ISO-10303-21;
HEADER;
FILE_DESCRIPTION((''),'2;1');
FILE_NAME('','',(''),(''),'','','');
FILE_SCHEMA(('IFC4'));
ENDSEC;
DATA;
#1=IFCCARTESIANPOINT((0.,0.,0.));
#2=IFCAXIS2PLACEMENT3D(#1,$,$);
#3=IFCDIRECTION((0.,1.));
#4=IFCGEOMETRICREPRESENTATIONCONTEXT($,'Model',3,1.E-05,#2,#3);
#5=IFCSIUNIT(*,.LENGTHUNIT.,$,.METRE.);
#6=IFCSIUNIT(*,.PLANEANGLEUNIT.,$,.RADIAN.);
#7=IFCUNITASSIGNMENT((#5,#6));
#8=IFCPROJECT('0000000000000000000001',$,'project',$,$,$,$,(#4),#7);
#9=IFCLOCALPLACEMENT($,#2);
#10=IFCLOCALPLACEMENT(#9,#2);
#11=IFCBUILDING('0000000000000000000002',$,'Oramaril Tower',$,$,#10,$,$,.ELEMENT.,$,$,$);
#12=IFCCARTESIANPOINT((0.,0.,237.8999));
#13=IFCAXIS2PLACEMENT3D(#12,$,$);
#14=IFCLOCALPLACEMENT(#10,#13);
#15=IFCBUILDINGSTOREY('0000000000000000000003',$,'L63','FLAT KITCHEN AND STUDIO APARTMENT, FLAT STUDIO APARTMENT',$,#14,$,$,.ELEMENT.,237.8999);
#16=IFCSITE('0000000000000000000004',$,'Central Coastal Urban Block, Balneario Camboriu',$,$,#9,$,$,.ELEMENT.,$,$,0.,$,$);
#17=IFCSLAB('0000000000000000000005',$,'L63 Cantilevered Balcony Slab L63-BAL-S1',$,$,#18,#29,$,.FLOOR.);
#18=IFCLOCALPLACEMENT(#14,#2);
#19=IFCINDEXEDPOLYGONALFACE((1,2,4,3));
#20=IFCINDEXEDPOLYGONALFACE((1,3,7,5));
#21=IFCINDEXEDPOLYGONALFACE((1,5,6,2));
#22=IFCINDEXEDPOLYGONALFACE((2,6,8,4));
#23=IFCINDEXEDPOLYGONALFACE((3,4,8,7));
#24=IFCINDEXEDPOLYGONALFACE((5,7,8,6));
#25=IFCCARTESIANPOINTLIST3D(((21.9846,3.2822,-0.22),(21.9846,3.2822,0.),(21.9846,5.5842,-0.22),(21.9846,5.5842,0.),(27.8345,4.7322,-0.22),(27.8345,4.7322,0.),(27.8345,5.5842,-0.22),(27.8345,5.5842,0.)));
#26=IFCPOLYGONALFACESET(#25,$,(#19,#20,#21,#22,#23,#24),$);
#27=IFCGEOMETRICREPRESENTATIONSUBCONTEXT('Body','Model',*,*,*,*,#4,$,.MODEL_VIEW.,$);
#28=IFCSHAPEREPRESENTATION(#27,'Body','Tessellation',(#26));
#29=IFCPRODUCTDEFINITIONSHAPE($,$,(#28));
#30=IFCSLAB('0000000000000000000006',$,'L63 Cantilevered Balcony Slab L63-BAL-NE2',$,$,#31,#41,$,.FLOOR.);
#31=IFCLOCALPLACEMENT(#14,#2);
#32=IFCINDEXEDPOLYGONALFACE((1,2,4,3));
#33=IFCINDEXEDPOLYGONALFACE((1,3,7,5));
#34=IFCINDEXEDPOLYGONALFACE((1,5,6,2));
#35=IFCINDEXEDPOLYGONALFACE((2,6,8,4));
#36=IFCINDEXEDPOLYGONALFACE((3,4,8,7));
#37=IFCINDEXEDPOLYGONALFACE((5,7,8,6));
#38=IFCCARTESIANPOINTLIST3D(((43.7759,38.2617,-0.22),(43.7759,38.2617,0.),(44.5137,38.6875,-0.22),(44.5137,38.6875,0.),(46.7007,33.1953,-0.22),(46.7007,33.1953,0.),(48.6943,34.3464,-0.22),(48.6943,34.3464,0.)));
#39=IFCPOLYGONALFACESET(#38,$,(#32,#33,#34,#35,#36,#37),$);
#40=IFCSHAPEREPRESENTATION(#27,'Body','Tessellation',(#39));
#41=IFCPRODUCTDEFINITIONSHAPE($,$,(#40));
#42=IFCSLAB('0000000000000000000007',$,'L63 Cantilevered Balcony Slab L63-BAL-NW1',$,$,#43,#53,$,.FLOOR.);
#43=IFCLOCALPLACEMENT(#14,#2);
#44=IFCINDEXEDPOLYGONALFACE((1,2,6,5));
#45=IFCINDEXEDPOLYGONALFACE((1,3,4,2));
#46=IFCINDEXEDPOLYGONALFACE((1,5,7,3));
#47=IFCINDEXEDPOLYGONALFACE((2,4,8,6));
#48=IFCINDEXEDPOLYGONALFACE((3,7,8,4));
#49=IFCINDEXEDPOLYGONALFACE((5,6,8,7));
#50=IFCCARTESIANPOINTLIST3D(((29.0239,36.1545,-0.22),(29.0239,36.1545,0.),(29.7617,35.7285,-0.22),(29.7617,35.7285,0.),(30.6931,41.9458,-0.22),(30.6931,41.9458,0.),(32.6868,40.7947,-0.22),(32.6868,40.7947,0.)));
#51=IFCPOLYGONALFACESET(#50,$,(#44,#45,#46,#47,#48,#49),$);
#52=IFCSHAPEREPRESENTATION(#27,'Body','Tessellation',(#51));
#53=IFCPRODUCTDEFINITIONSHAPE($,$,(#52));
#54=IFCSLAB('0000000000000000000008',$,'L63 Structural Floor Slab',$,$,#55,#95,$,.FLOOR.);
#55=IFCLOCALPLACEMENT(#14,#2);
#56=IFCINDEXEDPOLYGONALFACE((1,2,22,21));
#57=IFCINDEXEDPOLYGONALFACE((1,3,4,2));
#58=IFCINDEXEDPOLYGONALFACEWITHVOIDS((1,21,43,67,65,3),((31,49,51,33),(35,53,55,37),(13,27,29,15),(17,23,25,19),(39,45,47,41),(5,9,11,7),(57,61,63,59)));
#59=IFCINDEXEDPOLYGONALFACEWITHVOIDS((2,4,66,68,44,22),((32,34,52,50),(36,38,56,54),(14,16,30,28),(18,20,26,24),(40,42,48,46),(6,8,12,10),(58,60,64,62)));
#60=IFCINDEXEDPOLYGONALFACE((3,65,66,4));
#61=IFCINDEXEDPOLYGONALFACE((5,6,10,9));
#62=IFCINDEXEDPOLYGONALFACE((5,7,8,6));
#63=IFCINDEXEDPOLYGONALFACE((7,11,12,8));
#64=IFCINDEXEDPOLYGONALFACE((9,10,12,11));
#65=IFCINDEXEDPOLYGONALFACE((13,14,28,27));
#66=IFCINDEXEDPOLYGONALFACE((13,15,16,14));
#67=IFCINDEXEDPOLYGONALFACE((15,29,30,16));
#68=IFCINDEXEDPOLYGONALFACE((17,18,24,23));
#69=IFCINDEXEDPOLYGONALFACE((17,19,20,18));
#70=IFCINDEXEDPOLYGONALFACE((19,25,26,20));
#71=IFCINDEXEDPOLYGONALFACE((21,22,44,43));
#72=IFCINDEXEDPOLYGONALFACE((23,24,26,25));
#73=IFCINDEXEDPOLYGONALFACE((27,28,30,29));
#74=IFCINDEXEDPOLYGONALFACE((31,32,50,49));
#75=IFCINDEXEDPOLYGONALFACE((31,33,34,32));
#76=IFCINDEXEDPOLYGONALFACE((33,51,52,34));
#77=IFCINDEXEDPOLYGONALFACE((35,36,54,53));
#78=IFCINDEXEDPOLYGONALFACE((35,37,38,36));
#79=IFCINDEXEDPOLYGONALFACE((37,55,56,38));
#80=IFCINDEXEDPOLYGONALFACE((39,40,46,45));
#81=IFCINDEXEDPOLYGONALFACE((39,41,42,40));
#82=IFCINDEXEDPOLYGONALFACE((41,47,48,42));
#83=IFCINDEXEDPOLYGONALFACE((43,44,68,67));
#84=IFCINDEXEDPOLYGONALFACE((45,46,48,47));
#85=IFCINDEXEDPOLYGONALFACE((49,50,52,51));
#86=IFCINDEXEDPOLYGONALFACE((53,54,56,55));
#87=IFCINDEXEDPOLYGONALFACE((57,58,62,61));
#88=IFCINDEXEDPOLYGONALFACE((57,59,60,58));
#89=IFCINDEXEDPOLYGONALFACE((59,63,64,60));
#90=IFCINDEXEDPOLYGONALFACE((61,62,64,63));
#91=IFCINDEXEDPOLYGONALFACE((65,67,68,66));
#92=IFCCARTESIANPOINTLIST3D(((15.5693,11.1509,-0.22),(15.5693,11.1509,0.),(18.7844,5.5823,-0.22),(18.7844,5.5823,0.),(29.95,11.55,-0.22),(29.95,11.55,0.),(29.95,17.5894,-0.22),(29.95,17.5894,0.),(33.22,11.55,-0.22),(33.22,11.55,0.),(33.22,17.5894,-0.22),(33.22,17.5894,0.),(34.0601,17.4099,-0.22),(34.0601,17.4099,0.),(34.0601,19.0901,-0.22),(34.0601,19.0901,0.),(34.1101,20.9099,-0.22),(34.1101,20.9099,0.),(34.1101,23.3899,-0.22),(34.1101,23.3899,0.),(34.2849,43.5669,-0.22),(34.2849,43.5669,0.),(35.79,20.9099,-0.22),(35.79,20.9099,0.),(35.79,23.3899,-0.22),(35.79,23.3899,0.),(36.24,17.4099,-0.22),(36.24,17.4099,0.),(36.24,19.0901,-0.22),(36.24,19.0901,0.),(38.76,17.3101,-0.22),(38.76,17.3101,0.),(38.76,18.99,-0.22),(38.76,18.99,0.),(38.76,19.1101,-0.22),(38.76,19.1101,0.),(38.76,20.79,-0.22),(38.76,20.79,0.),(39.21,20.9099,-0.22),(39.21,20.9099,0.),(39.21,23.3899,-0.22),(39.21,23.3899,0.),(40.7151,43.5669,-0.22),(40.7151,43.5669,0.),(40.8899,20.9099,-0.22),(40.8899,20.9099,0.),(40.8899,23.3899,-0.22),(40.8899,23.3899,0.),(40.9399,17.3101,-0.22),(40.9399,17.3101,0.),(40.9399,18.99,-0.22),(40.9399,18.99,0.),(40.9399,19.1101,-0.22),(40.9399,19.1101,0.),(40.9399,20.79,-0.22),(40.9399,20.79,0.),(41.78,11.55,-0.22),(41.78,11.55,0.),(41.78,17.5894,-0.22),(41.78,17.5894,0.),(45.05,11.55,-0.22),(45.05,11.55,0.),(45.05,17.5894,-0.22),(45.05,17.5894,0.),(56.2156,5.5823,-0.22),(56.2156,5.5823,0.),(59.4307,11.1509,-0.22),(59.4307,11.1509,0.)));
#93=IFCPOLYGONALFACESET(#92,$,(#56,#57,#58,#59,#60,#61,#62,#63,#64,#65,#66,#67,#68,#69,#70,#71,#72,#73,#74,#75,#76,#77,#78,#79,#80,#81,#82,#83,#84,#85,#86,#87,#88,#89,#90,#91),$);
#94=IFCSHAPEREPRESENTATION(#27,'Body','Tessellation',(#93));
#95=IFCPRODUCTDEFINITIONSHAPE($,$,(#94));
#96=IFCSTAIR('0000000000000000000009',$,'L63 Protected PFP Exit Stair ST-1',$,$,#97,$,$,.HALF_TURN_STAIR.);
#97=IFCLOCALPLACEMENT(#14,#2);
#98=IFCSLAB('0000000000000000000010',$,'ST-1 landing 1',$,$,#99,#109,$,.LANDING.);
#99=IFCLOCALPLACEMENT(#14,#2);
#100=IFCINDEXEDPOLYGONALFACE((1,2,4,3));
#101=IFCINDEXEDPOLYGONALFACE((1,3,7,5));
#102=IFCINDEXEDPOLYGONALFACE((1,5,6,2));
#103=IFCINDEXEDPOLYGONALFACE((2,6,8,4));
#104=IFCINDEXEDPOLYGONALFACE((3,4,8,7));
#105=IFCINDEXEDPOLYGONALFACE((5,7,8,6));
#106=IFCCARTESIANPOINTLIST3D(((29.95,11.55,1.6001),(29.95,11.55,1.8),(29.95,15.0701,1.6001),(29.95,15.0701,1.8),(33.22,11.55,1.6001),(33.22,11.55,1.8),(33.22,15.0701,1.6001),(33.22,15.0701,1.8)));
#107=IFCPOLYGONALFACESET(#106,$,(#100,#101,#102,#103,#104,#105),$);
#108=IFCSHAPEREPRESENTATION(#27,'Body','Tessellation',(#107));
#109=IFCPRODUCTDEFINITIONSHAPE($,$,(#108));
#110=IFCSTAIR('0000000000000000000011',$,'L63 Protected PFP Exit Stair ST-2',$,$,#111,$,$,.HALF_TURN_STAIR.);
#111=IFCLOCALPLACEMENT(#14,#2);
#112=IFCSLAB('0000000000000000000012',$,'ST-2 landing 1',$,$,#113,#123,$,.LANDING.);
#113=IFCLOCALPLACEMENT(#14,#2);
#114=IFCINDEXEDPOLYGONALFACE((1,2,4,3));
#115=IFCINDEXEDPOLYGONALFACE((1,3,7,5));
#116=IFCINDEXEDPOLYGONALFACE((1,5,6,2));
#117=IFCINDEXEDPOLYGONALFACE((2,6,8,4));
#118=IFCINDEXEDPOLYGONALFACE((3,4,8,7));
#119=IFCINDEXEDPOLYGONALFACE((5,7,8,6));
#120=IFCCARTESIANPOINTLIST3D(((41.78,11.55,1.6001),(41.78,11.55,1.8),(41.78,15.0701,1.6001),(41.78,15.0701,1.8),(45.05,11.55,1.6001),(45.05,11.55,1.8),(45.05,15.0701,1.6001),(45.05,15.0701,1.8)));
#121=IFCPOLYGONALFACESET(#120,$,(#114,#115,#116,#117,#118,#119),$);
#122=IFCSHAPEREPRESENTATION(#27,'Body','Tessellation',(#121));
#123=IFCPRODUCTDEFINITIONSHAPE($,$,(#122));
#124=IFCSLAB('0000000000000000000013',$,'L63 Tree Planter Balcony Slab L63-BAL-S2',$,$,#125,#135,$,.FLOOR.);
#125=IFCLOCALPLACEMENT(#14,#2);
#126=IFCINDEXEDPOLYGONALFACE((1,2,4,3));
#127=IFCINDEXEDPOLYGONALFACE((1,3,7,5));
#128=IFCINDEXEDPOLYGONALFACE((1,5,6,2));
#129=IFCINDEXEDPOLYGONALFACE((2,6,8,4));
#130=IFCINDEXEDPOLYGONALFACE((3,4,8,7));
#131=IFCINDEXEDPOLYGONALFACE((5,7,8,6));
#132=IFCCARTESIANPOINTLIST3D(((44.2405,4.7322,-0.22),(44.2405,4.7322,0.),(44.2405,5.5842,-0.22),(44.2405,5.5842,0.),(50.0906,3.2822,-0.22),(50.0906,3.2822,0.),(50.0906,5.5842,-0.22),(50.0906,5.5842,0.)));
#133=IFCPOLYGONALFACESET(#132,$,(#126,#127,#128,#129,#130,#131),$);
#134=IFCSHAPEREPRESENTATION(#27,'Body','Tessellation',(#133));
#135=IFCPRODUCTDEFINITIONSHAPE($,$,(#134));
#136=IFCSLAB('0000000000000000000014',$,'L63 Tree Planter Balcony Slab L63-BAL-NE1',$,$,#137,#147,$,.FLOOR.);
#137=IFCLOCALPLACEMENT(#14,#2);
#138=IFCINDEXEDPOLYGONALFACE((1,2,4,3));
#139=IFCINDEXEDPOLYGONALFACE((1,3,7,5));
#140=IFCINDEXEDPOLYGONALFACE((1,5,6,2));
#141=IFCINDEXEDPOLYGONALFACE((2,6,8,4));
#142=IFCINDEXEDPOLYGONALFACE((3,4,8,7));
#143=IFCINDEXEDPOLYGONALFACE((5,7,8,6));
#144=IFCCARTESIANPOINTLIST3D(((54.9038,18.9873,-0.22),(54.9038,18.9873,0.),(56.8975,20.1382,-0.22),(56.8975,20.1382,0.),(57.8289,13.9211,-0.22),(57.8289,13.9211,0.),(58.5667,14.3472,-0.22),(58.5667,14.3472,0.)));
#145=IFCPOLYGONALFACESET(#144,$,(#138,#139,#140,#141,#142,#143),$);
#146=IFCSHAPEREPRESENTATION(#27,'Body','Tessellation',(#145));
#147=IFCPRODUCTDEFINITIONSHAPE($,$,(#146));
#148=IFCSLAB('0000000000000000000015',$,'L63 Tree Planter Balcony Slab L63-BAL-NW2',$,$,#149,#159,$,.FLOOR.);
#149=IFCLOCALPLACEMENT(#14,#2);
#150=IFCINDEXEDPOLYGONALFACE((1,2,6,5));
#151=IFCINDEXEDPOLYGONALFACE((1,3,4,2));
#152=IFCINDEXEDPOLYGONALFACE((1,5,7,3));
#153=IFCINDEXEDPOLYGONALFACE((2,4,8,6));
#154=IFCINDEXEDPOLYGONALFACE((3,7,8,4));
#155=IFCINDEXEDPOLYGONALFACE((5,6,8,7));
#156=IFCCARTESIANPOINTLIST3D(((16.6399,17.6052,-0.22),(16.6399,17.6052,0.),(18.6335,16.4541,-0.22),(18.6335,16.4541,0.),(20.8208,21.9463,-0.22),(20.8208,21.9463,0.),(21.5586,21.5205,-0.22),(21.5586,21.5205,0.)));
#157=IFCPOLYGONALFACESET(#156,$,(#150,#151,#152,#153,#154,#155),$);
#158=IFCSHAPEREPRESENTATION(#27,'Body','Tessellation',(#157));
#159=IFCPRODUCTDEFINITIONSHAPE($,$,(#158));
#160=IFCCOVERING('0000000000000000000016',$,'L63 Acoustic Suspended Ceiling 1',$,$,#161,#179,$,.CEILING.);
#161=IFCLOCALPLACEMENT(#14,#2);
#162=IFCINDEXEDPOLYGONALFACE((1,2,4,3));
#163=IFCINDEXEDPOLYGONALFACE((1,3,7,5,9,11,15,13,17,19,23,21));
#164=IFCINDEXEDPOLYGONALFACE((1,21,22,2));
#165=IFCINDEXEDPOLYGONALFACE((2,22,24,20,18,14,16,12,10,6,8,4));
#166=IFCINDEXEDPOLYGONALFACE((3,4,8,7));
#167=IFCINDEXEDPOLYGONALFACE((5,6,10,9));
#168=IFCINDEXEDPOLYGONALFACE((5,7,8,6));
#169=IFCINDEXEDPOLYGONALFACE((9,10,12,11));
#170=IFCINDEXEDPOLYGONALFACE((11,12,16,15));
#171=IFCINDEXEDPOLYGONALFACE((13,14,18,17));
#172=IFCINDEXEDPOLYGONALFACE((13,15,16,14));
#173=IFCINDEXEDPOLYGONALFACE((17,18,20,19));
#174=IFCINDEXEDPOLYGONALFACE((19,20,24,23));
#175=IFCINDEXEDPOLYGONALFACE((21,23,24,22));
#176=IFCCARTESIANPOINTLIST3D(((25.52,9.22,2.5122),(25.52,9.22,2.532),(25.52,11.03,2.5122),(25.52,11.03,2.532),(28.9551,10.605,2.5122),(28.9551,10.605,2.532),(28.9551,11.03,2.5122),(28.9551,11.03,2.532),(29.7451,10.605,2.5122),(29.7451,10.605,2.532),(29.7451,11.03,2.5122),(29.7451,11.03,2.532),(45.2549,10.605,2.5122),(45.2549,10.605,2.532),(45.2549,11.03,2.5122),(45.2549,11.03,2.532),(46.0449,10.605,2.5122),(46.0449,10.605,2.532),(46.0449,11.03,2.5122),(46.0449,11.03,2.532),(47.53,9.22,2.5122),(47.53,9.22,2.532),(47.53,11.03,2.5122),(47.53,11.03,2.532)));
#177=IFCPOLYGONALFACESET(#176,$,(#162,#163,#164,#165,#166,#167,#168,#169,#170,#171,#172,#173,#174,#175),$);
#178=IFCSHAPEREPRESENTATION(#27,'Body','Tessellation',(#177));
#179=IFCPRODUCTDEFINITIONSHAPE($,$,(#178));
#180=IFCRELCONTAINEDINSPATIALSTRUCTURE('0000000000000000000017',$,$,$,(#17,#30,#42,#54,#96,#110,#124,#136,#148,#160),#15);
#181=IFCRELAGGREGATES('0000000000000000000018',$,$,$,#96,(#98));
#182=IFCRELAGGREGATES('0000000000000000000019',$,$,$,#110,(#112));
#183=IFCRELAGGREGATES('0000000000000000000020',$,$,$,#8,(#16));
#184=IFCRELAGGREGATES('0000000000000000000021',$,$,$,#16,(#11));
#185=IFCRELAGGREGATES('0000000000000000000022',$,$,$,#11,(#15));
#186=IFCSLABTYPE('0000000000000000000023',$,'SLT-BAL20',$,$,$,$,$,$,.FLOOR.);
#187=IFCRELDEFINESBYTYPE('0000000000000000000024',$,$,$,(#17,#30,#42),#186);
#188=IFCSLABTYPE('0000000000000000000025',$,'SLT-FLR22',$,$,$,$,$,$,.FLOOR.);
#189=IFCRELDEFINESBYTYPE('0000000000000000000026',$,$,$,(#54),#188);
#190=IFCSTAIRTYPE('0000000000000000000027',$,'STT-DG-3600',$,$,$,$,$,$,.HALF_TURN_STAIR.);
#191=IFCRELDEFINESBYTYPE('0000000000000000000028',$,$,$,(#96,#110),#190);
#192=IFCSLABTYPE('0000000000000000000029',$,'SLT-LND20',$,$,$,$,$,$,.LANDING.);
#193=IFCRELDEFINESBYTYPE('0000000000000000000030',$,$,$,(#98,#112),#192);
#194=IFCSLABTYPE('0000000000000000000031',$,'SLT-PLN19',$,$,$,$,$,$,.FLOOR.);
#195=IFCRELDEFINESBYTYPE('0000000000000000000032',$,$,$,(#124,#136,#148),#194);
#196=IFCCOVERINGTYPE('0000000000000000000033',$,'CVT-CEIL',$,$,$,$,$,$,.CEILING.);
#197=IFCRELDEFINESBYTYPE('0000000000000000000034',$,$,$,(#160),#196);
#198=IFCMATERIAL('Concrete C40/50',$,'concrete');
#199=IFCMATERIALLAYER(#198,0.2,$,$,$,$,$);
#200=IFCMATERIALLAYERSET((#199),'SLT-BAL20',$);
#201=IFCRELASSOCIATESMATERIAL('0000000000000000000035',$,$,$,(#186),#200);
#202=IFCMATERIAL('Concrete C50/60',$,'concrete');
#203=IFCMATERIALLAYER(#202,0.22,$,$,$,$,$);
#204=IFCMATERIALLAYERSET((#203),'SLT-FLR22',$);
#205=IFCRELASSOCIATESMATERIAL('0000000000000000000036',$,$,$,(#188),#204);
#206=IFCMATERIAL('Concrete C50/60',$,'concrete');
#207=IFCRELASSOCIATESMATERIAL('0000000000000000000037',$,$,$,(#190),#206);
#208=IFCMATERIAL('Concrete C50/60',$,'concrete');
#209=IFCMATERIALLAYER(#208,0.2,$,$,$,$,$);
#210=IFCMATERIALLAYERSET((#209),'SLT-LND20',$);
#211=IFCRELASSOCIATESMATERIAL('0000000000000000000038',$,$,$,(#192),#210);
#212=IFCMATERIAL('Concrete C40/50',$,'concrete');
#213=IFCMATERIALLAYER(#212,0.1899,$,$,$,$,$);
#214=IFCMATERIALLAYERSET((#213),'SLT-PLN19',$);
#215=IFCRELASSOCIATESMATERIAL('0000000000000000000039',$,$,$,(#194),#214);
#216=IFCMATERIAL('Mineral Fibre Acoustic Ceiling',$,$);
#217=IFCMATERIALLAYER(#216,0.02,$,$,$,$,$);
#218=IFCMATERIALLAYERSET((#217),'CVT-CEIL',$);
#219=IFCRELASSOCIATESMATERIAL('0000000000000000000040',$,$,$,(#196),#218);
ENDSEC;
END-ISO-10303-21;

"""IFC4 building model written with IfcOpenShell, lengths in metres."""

from ifc_helpers import new_model, si_unit, direction, frame, origin, place, context, subcontext, project, spatial, polyline, outline, extrude, material, layer, layer_set, type_object, element, aggregate, save


model = new_model("IFC4")

# Units and contexts
model_context = context("Model", 3, precision=1e-05, world=origin(), true_north=direction((0.0, 1.0)))
body_context = subcontext(model_context, "Body", "Model", "MODEL_VIEW")
ifc_project = project(units=[si_unit("LENGTHUNIT", "METRE"), si_unit("PLANEANGLEUNIT", "RADIAN")], contexts=[model_context])

# Site, building, storey
site_placement = place(None, origin())
site = spatial("IfcSite", under=ifc_project, at=site_placement, Name="Central Coastal Urban Block, Balneario Camboriu", CompositionType="ELEMENT", RefElevation=0.0)
building_placement = place(site_placement, origin())
building = spatial("IfcBuilding", under=site, at=building_placement, Name="Oramaril Tower", CompositionType="ELEMENT")
storey_placement = place(building_placement, frame((0.0, 0.0, 237.8999)))
storey = spatial("IfcBuildingStorey", under=building, at=storey_placement, Name="L63", Description="FLAT KITCHEN AND STUDIO APARTMENT, FLAT STUDIO APARTMENT", CompositionType="ELEMENT", Elevation=237.8999)

# Slabs
ifc_material_1 = material(Name="Concrete C40/50", Category="concrete")
ifc_layer_1 = layer(ifc_material_1, 0.2)
ifc_layer_set_1 = layer_set([ifc_layer_1], Name="SLT-BAL20")
slab_type_1 = type_object("IfcSlabType", Name="SLT-BAL20", PredefinedType="FLOOR", material=ifc_layer_set_1)
slab_1_placement = place(storey_placement, frame((0.0, 0.0, -0.22)))
element("IfcSlab", 1, at=slab_1_placement, inside=storey, type_object=slab_type_1, Name="L63 Cantilevered Balcony Slab L63-BAL-S1", PredefinedType="FLOOR", context=body_context, shape_type="SweptSolid", body=[
    extrude(outline(polyline([(21.9846, 5.5842), (27.8345, 5.5842), (27.8345, 4.7322), (21.9846, 3.2822), (21.9846, 5.5842)])), origin(), (0.0, 0.0, 1.0), 0.22),
])
slab_2_placement = place(storey_placement, frame((0.0, 0.0, -0.22)))
element("IfcSlab", 2, at=slab_2_placement, inside=storey, type_object=slab_type_1, Name="L63 Cantilevered Balcony Slab L63-BAL-NE2", PredefinedType="FLOOR", context=body_context, shape_type="SweptSolid", body=[
    extrude(outline(polyline([(46.7007, 33.1953), (43.7759, 38.2617), (44.5137, 38.6875), (48.6943, 34.3464), (46.7007, 33.1953)])), origin(), (0.0, 0.0, 1.0), 0.22),
])
slab_3_placement = place(storey_placement, frame((0.0, 0.0, -0.22)))
element("IfcSlab", 3, at=slab_3_placement, inside=storey, type_object=slab_type_1, Name="L63 Cantilevered Balcony Slab L63-BAL-NW1", PredefinedType="FLOOR", context=body_context, shape_type="SweptSolid", body=[
    extrude(outline(polyline([(32.6868, 40.7947), (29.7617, 35.7285), (29.0239, 36.1545), (30.6931, 41.9458), (32.6868, 40.7947)])), origin(), (0.0, 0.0, 1.0), 0.22),
])
ifc_material_2 = material(Name="Concrete C50/60", Category="concrete")
ifc_layer_2 = layer(ifc_material_2, 0.22)
ifc_layer_set_2 = layer_set([ifc_layer_2], Name="SLT-FLR22")
slab_type_2 = type_object("IfcSlabType", Name="SLT-FLR22", PredefinedType="FLOOR", material=ifc_layer_set_2)
slab_4_placement = place(storey_placement, frame((0.0, 0.0, -0.22)))
element("IfcSlab", 4, at=slab_4_placement, inside=storey, type_object=slab_type_2, Name="L63 Structural Floor Slab", PredefinedType="FLOOR", context=body_context, shape_type="SweptSolid", body=[
    extrude(outline(polyline([(15.5693, 11.1509), (18.7844, 5.5823), (56.2156, 5.5823), (59.4307, 11.1509), (40.7151, 43.5669), (34.2849, 43.5669), (15.5693, 11.1509)]), holes=[polyline([(29.95, 17.5894), (29.95, 11.55), (33.22, 11.55), (33.22, 17.5894), (29.95, 17.5894)]), polyline([(41.78, 17.5894), (41.78, 11.55), (45.05, 11.55), (45.05, 17.5894), (41.78, 17.5894)]), polyline([(34.1101, 20.9099), (35.79, 20.9099), (35.79, 23.3899), (34.1101, 23.3899), (34.1101, 20.9099)]), polyline([(39.21, 20.9099), (40.8899, 20.9099), (40.8899, 23.3899), (39.21, 23.3899), (39.21, 20.9099)]), polyline([(34.0601, 17.4099), (36.24, 17.4099), (36.24, 19.0901), (34.0601, 19.0901), (34.0601, 17.4099)]), polyline([(38.76, 17.3101), (40.9399, 17.3101), (40.9399, 18.99), (38.76, 18.99), (38.76, 17.3101)]), polyline([(38.76, 19.1101), (40.9399, 19.1101), (40.9399, 20.79), (38.76, 20.79), (38.76, 19.1101)])]), origin(), (0.0, 0.0, 1.0), 0.22),
])

# Stairs, slabs
ifc_material_3 = material(Name="Concrete C50/60", Category="concrete")
stair_type = type_object("IfcStairType", Name="STT-DG-3600", PredefinedType="HALF_TURN_STAIR", material=ifc_material_3)
stair_1_placement = place(storey_placement, origin())
stair_1 = element("IfcStair", 5, at=stair_1_placement, inside=storey, type_object=stair_type, Name="L63 Protected PFP Exit Stair ST-1", PredefinedType="HALF_TURN_STAIR")
ifc_material_4 = material(Name="Concrete C50/60", Category="concrete")
ifc_layer_3 = layer(ifc_material_4, 0.2)
ifc_layer_set_3 = layer_set([ifc_layer_3], Name="SLT-LND20")
slab_type_3 = type_object("IfcSlabType", Name="SLT-LND20", PredefinedType="LANDING", material=ifc_layer_set_3)
slab_5_placement = place(storey_placement, frame((0.0, 0.0, 1.6001)))
slab_5 = element("IfcSlab", 6, at=slab_5_placement, type_object=slab_type_3, Name="ST-1 landing 1", PredefinedType="LANDING", context=body_context, shape_type="SweptSolid", body=[
    extrude(outline(polyline([(29.95, 15.0701), (29.95, 11.55), (33.22, 11.55), (33.22, 15.0701), (29.95, 15.0701)])), origin(), (0.0, 0.0, 1.0), 0.2),
])
aggregate(stair_1, [slab_5])
stair_2_placement = place(storey_placement, origin())
stair_2 = element("IfcStair", 7, at=stair_2_placement, inside=storey, type_object=stair_type, Name="L63 Protected PFP Exit Stair ST-2", PredefinedType="HALF_TURN_STAIR")
slab_6_placement = place(storey_placement, frame((0.0, 0.0, 1.6001)))
slab_6 = element("IfcSlab", 8, at=slab_6_placement, type_object=slab_type_3, Name="ST-2 landing 1", PredefinedType="LANDING", context=body_context, shape_type="SweptSolid", body=[
    extrude(outline(polyline([(41.78, 15.0701), (41.78, 11.55), (45.05, 11.55), (45.05, 15.0701), (41.78, 15.0701)])), origin(), (0.0, 0.0, 1.0), 0.2),
])
aggregate(stair_2, [slab_6])

# Slabs
ifc_material_5 = material(Name="Concrete C40/50", Category="concrete")
ifc_layer_4 = layer(ifc_material_5, 0.1899)
ifc_layer_set_4 = layer_set([ifc_layer_4], Name="SLT-PLN19")
slab_type_4 = type_object("IfcSlabType", Name="SLT-PLN19", PredefinedType="FLOOR", material=ifc_layer_set_4)
slab_7_placement = place(storey_placement, frame((0.0, 0.0, -0.22)))
element("IfcSlab", 9, at=slab_7_placement, inside=storey, type_object=slab_type_4, Name="L63 Tree Planter Balcony Slab L63-BAL-S2", PredefinedType="FLOOR", context=body_context, shape_type="SweptSolid", body=[
    extrude(outline(polyline([(44.2405, 5.5842), (50.0906, 5.5842), (50.0906, 3.2822), (44.2405, 4.7322), (44.2405, 5.5842)])), origin(), (0.0, 0.0, 1.0), 0.22),
])
slab_8_placement = place(storey_placement, frame((0.0, 0.0, -0.22)))
element("IfcSlab", 10, at=slab_8_placement, inside=storey, type_object=slab_type_4, Name="L63 Tree Planter Balcony Slab L63-BAL-NE1", PredefinedType="FLOOR", context=body_context, shape_type="SweptSolid", body=[
    extrude(outline(polyline([(57.8289, 13.9211), (54.9038, 18.9873), (56.8975, 20.1382), (58.5667, 14.3472), (57.8289, 13.9211)])), origin(), (0.0, 0.0, 1.0), 0.22),
])
slab_9_placement = place(storey_placement, frame((0.0, 0.0, -0.22)))
element("IfcSlab", 11, at=slab_9_placement, inside=storey, type_object=slab_type_4, Name="L63 Tree Planter Balcony Slab L63-BAL-NW2", PredefinedType="FLOOR", context=body_context, shape_type="SweptSolid", body=[
    extrude(outline(polyline([(21.5586, 21.5205), (18.6335, 16.4541), (16.6399, 17.6052), (20.8208, 21.9463), (21.5586, 21.5205)])), origin(), (0.0, 0.0, 1.0), 0.22),
])

# Covering
ifc_material_6 = material(Name="Mineral Fibre Acoustic Ceiling")
ifc_layer_5 = layer(ifc_material_6, 0.02)
ifc_layer_set_5 = layer_set([ifc_layer_5], Name="CVT-CEIL")
covering_type_1 = type_object("IfcCoveringType", Name="CVT-CEIL", PredefinedType="CEILING", material=ifc_layer_set_5)
covering_1_placement = place(storey_placement, frame((0.0, 0.0, 2.5122)))
element("IfcCovering", 12, at=covering_1_placement, inside=storey, type_object=covering_type_1, Name="L63 Acoustic Suspended Ceiling 1", PredefinedType="CEILING", context=body_context, shape_type="SweptSolid", body=[
    extrude(outline(polyline([(28.9551, 10.605), (29.7451, 10.605), (29.7451, 11.03), (45.2549, 11.03), (45.2549, 10.605), (46.0449, 10.605), (46.0449, 11.03), (47.53, 11.03), (47.53, 9.22), (25.52, 9.22), (25.52, 11.03), (28.9551, 11.03), (28.9551, 10.605)])), origin(), (0.0, 0.0, 1.0), 0.0198),
])

save(model, "model.ifc")
